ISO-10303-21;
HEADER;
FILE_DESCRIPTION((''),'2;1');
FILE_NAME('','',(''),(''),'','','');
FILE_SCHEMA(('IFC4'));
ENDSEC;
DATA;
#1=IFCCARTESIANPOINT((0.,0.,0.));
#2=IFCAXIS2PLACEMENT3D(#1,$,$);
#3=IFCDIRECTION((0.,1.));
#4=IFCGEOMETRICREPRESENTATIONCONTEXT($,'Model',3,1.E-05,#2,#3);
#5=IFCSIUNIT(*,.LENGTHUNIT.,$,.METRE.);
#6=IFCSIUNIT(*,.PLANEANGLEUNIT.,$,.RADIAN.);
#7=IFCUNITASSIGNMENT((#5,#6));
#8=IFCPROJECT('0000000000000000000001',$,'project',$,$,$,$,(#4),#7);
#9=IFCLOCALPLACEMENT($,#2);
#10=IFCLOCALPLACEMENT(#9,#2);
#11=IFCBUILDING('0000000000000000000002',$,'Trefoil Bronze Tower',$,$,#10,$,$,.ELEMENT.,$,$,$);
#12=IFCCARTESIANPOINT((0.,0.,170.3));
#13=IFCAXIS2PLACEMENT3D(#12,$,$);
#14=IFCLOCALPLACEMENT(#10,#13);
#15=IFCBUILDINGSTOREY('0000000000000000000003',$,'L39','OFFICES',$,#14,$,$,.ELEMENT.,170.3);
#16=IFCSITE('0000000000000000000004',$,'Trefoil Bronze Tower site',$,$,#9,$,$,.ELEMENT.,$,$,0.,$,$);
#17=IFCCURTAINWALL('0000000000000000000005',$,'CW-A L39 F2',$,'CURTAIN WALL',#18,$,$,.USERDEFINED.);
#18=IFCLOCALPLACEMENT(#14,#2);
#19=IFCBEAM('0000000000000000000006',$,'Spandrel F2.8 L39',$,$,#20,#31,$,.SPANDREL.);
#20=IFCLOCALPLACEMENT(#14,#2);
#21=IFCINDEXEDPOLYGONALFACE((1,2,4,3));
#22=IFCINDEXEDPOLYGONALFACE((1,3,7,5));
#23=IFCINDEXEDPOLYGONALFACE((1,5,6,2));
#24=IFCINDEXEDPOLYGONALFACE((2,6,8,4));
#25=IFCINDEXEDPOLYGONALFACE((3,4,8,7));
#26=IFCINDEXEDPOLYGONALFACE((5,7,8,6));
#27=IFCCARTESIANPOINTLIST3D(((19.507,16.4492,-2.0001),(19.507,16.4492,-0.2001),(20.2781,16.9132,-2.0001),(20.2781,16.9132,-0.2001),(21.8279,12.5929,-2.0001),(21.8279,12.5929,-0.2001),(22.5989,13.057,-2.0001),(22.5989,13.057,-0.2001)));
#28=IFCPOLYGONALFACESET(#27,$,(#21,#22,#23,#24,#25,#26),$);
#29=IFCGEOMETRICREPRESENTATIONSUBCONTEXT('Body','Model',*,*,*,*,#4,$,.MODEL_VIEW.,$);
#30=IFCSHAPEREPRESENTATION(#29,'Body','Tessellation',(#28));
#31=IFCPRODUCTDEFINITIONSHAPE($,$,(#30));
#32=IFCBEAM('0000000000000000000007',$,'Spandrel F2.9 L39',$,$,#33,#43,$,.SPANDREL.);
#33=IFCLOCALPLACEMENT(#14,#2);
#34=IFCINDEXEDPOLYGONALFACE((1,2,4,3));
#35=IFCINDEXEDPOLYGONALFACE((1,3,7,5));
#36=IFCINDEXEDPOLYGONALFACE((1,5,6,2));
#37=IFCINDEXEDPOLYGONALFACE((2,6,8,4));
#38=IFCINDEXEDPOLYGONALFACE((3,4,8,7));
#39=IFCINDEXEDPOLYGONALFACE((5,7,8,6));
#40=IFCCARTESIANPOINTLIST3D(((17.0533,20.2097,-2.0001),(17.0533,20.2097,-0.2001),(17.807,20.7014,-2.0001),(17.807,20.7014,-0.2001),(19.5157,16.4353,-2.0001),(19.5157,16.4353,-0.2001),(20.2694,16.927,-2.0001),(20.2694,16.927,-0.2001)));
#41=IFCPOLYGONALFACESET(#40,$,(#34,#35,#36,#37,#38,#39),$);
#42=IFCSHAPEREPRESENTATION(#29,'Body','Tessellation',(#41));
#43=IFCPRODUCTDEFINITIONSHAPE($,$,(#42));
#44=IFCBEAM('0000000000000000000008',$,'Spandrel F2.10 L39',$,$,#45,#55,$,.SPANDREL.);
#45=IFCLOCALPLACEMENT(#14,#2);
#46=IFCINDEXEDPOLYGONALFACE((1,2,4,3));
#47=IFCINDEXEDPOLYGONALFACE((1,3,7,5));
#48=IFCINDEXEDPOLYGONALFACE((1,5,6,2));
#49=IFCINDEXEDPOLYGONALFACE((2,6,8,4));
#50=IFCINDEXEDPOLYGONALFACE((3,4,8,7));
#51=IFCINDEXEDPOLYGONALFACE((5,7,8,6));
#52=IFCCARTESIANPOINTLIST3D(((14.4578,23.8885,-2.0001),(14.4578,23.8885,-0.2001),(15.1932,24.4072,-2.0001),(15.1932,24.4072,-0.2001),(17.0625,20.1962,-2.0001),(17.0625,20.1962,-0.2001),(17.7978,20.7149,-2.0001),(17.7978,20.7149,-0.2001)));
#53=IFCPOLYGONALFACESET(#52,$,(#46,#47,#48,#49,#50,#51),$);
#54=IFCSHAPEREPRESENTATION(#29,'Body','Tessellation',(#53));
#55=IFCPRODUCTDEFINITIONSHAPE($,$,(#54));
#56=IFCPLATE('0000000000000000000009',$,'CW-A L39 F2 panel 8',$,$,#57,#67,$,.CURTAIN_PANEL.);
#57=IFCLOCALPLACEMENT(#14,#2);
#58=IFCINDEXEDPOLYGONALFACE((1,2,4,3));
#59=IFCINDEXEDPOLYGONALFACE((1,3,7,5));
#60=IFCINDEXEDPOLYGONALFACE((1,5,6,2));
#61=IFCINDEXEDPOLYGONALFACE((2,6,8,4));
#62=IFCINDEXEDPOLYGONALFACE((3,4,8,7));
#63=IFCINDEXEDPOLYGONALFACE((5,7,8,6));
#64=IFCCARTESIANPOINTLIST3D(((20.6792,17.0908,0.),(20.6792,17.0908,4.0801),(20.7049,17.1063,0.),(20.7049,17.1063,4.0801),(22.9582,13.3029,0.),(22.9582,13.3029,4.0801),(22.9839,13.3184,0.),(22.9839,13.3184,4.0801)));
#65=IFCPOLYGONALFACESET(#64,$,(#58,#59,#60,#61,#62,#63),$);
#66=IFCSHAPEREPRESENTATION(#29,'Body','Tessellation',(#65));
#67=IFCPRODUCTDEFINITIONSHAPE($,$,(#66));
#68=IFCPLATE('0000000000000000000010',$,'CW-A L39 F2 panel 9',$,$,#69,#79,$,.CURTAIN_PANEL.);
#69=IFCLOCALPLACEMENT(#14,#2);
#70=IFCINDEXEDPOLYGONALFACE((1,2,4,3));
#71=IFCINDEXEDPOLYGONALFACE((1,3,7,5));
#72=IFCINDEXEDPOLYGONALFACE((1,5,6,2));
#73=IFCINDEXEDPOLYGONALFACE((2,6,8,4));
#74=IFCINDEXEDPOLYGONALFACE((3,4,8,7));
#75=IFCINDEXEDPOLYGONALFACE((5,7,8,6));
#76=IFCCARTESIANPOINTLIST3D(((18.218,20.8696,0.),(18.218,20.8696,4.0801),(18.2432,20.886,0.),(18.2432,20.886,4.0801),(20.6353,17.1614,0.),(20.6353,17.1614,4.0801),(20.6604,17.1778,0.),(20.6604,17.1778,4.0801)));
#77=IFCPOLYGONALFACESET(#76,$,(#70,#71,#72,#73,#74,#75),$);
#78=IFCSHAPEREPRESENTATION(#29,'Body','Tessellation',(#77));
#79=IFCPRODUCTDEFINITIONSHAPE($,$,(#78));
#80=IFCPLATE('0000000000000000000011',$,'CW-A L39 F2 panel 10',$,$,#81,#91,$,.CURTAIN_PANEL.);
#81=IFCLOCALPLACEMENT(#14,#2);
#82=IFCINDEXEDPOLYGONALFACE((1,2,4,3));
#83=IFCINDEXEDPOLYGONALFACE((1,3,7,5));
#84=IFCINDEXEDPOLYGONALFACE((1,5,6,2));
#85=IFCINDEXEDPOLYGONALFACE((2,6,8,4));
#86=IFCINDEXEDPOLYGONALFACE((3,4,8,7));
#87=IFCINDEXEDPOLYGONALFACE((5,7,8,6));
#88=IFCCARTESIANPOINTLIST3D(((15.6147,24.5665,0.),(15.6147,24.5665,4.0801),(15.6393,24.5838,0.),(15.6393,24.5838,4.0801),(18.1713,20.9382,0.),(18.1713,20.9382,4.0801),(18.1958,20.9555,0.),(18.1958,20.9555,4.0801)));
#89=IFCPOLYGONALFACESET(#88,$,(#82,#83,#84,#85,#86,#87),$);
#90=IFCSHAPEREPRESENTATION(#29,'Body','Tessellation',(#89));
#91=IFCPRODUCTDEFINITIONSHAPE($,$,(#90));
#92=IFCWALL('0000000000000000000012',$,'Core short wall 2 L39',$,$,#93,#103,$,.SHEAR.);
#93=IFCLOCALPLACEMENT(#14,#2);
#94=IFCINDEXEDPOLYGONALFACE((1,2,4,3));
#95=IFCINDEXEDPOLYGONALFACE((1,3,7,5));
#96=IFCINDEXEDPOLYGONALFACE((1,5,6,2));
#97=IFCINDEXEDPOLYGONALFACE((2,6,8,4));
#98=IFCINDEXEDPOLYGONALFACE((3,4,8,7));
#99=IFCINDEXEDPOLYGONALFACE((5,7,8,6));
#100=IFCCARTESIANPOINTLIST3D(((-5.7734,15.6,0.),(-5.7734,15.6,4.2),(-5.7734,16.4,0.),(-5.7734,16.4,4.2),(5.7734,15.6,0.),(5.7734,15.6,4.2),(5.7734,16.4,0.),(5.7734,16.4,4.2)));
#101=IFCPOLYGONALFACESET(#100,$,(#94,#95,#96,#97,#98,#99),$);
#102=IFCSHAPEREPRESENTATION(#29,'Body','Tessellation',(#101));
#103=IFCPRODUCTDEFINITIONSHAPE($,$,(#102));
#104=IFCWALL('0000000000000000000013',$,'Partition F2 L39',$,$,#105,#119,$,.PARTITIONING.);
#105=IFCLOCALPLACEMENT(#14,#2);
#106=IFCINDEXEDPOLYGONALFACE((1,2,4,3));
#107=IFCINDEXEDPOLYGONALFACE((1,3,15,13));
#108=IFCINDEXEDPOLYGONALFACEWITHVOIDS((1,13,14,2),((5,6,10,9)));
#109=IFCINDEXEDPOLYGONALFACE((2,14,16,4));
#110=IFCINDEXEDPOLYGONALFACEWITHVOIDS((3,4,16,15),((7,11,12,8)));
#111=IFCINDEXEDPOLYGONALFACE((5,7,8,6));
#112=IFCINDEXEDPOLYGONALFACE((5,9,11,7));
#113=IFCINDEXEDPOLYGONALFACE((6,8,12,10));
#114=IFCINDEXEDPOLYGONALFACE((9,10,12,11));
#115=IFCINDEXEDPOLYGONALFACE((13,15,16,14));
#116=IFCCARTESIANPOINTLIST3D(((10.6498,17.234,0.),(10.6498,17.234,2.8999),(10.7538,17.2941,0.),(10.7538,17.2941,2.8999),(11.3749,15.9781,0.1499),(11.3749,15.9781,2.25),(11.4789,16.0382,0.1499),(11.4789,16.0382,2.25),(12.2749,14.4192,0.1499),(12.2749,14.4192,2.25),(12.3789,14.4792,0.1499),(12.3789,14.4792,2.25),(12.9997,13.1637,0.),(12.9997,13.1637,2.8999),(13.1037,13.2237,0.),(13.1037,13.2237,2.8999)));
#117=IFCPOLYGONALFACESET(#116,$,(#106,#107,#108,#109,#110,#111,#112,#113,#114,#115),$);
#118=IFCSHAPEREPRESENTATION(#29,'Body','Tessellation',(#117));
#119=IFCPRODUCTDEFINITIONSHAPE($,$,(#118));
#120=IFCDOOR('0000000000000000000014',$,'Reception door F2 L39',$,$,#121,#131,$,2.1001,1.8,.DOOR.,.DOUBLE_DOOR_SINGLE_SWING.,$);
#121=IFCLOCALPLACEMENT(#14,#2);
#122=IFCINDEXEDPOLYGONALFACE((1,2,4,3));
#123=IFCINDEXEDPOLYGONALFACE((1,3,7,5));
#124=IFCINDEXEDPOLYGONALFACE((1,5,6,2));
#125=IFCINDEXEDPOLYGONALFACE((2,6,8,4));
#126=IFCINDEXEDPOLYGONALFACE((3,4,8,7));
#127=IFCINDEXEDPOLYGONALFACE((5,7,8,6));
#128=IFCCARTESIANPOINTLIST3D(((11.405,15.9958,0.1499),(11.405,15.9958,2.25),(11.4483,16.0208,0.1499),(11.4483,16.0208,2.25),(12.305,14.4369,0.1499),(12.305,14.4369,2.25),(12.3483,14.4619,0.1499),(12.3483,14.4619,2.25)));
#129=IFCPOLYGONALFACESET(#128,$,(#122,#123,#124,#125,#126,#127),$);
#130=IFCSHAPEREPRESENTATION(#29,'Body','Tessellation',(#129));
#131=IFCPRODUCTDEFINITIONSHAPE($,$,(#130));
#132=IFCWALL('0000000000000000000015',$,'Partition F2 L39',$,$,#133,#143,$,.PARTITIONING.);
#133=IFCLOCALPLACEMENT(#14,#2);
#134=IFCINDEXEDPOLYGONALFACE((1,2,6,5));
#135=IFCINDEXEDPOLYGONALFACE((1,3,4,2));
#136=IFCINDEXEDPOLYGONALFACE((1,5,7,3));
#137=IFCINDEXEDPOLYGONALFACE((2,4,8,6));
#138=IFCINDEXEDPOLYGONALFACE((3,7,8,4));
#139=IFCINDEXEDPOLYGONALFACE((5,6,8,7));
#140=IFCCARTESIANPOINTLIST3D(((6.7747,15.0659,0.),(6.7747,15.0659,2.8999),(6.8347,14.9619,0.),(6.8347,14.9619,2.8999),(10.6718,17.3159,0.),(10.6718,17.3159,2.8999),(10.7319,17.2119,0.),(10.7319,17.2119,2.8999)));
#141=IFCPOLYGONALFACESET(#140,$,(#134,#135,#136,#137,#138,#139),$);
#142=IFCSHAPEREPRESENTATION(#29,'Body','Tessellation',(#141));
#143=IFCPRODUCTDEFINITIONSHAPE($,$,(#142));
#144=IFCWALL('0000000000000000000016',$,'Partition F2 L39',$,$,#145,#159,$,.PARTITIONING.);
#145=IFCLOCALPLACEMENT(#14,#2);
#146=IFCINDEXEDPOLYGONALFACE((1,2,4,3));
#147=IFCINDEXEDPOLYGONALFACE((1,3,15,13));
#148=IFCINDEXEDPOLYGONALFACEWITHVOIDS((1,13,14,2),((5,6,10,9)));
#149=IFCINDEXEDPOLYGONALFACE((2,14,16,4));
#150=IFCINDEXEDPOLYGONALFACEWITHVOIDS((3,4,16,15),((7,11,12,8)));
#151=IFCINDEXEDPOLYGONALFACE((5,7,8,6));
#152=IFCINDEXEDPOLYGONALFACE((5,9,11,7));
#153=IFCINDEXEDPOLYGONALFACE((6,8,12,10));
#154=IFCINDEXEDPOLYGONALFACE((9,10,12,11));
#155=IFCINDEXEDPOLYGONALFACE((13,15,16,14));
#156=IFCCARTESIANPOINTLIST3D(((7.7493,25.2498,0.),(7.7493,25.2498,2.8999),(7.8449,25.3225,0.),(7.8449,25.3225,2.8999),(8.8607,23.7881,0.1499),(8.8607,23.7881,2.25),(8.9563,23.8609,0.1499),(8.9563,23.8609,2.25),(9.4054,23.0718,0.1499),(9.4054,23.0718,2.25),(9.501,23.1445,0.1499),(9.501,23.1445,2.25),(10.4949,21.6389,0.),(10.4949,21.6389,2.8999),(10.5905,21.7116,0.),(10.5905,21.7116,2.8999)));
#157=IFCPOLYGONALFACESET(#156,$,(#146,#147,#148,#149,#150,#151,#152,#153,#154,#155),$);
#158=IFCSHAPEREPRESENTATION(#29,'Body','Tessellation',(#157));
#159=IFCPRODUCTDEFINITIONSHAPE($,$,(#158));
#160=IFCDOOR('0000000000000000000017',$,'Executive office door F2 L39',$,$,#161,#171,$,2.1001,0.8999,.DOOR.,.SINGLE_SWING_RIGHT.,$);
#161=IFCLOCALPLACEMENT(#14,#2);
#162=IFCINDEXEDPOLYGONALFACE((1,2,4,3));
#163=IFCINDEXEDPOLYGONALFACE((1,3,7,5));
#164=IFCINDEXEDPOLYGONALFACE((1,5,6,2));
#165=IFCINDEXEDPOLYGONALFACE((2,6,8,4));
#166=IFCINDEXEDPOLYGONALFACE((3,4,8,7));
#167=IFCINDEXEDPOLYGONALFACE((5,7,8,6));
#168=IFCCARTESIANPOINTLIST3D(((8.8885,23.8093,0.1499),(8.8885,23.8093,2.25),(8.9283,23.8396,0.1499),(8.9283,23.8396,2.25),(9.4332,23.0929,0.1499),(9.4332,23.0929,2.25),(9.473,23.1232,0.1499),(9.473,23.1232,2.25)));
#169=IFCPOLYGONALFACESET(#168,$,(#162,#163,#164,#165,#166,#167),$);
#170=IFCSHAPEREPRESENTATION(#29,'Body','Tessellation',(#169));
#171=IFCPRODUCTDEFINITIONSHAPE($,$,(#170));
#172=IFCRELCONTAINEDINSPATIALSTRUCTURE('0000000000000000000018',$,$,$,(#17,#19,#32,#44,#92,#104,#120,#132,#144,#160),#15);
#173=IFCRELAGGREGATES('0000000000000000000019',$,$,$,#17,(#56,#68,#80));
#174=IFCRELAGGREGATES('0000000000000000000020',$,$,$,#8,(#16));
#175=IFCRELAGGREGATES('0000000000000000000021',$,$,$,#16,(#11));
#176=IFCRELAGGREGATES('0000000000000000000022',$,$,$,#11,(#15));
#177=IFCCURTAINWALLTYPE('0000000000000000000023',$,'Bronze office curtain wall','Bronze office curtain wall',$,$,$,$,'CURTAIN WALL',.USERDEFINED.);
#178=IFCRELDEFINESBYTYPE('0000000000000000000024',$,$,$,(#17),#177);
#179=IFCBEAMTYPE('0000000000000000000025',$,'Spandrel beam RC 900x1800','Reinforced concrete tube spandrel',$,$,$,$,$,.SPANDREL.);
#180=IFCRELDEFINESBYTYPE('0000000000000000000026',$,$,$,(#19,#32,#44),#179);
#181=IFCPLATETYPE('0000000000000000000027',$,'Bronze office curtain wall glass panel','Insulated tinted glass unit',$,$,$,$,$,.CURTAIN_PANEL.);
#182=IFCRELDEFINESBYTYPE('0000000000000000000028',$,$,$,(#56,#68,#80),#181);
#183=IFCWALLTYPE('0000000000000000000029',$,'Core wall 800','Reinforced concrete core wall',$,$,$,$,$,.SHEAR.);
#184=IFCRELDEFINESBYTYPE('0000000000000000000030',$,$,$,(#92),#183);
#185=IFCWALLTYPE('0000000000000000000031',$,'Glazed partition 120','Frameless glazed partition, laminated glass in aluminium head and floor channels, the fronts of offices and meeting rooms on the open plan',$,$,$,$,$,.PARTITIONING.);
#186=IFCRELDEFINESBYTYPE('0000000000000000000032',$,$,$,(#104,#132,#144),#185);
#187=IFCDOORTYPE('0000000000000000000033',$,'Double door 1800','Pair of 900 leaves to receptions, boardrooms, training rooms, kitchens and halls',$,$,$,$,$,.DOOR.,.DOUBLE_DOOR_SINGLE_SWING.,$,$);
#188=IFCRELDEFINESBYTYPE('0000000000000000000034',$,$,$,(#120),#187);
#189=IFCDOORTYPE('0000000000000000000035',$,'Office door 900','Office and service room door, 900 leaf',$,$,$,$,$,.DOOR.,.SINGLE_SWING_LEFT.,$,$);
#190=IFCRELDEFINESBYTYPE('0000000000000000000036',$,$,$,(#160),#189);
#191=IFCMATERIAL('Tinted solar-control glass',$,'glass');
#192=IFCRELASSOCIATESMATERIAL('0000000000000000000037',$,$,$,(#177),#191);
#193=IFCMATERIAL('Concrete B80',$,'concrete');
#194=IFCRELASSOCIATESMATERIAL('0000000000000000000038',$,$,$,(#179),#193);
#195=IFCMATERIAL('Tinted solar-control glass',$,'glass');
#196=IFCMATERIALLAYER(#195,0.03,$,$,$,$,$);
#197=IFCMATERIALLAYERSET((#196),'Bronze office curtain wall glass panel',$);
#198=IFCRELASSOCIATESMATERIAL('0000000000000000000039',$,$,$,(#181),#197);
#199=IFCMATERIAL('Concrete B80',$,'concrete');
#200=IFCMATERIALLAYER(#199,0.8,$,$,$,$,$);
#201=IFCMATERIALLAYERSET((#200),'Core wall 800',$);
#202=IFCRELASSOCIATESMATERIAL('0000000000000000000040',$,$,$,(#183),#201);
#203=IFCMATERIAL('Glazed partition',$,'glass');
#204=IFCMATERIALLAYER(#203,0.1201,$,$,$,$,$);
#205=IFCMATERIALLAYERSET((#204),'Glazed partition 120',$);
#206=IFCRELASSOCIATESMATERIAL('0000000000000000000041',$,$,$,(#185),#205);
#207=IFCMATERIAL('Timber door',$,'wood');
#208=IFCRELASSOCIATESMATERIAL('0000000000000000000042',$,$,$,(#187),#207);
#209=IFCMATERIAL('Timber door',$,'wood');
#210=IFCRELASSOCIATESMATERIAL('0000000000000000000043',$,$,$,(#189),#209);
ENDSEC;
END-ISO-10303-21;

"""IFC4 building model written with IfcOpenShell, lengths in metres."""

from ifc_helpers import new_model, si_unit, direction, frame, frame_2d, origin, origin_2d, place, context, subcontext, project, spatial, rectangle, extrude, material, layer, layer_set, material_profile, profile_set, type_object, element, fill, aggregate, save


model = new_model("IFC4")

# Units and contexts
model_context = context("Model", 3, precision=1e-05, world=origin(), true_north=direction((0.0, 1.0)))
body_context = subcontext(model_context, "Body", "Model", "MODEL_VIEW")
ifc_project = project(units=[si_unit("LENGTHUNIT", "METRE"), si_unit("PLANEANGLEUNIT", "RADIAN")], contexts=[model_context])

# Site, building, storey
site_placement = place(None, origin())
site = spatial("IfcSite", under=ifc_project, at=site_placement, Name="Trefoil Bronze Tower site", CompositionType="ELEMENT", RefElevation=0.0)
building_placement = place(site_placement, origin())
building = spatial("IfcBuilding", under=site, at=building_placement, Name="Trefoil Bronze Tower", CompositionType="ELEMENT")
storey_placement = place(building_placement, frame((0.0, 0.0, 170.3)))
storey = spatial("IfcBuildingStorey", under=building, at=storey_placement, Name="L39", Description="OFFICES", CompositionType="ELEMENT", Elevation=170.3)

# Curtain wall
ifc_material_1 = material(Name="Tinted solar-control glass", Category="glass")
curtain_wall_type = type_object("IfcCurtainWallType", Name="Bronze office curtain wall", Description="Bronze office curtain wall", ElementType="CURTAIN WALL", PredefinedType="USERDEFINED", material=ifc_material_1)
curtain_wall_placement = place(storey_placement, origin())
curtain_wall = element("IfcCurtainWall", 1, at=curtain_wall_placement, inside=storey, type_object=curtain_wall_type, Name="CW-A L39 F2", ObjectType="CURTAIN WALL", PredefinedType="USERDEFINED")

# Beams
ifc_material_2 = material(Name="Concrete B80", Category="concrete")
ifc_material_profile_1 = material_profile(ifc_material_2, rectangle(XDim=0.8999, YDim=1.8, at=origin_2d()), Name="RC 900x1800")
ifc_profile_set_1 = profile_set([ifc_material_profile_1], Name="Concrete B80")
beam_type_1 = type_object("IfcBeamType", Name="Spandrel beam RC 900x1800", Description="Reinforced concrete tube spandrel", PredefinedType="SPANDREL", material=ifc_profile_set_1)
beam_1_placement = place(storey_placement, frame((22.2134, 12.825, -1.1001), z_axis=(-0.515652, 0.856798, 0.0), x_axis=(-0.856798, -0.515652, 0.0)))
element("IfcBeam", 2, at=beam_1_placement, inside=storey, type_object=beam_type_1, Name="Spandrel F2.8 L39", PredefinedType="SPANDREL", context=body_context, shape_type="SweptSolid", body=[
    extrude(rectangle(XDim=0.8999, YDim=1.8, at=origin_2d()), origin(), (0.0, 0.0, 1.0), 4.5007),
])
beam_2_placement = place(storey_placement, frame((19.8926, 16.6812, -1.1001), z_axis=(-0.546397, 0.837527, 0.0), x_axis=(-0.837527, -0.546397, 0.0)))
element("IfcBeam", 3, at=beam_2_placement, inside=storey, type_object=beam_type_1, Name="Spandrel F2.9 L39", PredefinedType="SPANDREL", context=body_context, shape_type="SweptSolid", body=[
    extrude(rectangle(XDim=0.8999, YDim=1.8, at=origin_2d()), origin(), (0.0, 0.0, 1.0), 4.5066),
])
beam_3_placement = place(storey_placement, frame((17.4302, 20.4556, -1.1001), z_axis=(-0.576439, 0.81714, 0.0), x_axis=(-0.81714, -0.576439, 0.0)))
element("IfcBeam", 4, at=beam_3_placement, inside=storey, type_object=beam_type_1, Name="Spandrel F2.10 L39", PredefinedType="SPANDREL", context=body_context, shape_type="SweptSolid", body=[
    extrude(rectangle(XDim=0.8999, YDim=1.8, at=origin_2d()), origin(), (0.0, 0.0, 1.0), 4.5186),
])

# Plates
ifc_material_3 = material(Name="Tinted solar-control glass", Category="glass")
ifc_layer_1 = layer(ifc_material_3, 0.03)
ifc_layer_set_1 = layer_set([ifc_layer_1], Name="Bronze office curtain wall glass panel")
plate_type = type_object("IfcPlateType", Name="Bronze office curtain wall glass panel", Description="Insulated tinted glass unit", PredefinedType="CURTAIN_PANEL", material=ifc_layer_set_1)
plate_1_placement = place(storey_placement, frame((21.8315, 15.2046, 0.0), z_axis=(0.0, 0.0, 1.0), x_axis=(-0.515525, 0.856874, 0.0)))
plate_1 = element("IfcPlate", 5, at=plate_1_placement, type_object=plate_type, Name="CW-A L39 F2 panel 8", PredefinedType="CURTAIN_PANEL", context=body_context, shape_type="SweptSolid", body=[
    extrude(rectangle(XDim=4.4207, YDim=0.03, at=origin_2d()), origin(), (0.0, 0.0, 1.0), 4.0801),
])
plate_2_placement = place(storey_placement, frame((19.4392, 19.0237, 0.0), z_axis=(0.0, 0.0, 1.0), x_axis=(-0.546089, 0.837727, 0.0)))
plate_2 = element("IfcPlate", 6, at=plate_2_placement, type_object=plate_type, Name="CW-A L39 F2 panel 9", PredefinedType="CURTAIN_PANEL", context=body_context, shape_type="SweptSolid", body=[
    extrude(rectangle(XDim=4.4265, YDim=0.03, at=origin_2d()), origin(), (0.0, 0.0, 1.0), 4.0801),
])
plate_3_placement = place(storey_placement, frame((16.9053, 22.761, 0.0), z_axis=(0.0, 0.0, 1.0), x_axis=(-0.575999, 0.81745, 0.0)))
plate_3 = element("IfcPlate", 7, at=plate_3_placement, type_object=plate_type, Name="CW-A L39 F2 panel 10", PredefinedType="CURTAIN_PANEL", context=body_context, shape_type="SweptSolid", body=[
    extrude(rectangle(XDim=4.4385, YDim=0.03, at=origin_2d()), origin(), (0.0, 0.0, 1.0), 4.0801),
])
aggregate(curtain_wall, [plate_1, plate_2, plate_3])

# Wall
ifc_material_4 = material(Name="Concrete B80", Category="concrete")
ifc_layer_2 = layer(ifc_material_4, 0.8)
ifc_layer_set_2 = layer_set([ifc_layer_2], Name="Core wall 800")
wall_type_1 = type_object("IfcWallType", Name="Core wall 800", Description="Reinforced concrete core wall", PredefinedType="SHEAR", material=ifc_layer_set_2)
wall_1_placement = place(storey_placement, frame((5.7734, 16.0, 0.0), z_axis=(0.0, 0.0, 1.0), x_axis=(-1.0, 0.0, 0.0)))
element("IfcWall", 8, at=wall_1_placement, inside=storey, type_object=wall_type_1, Name="Core short wall 2 L39", PredefinedType="SHEAR", context=body_context, shape_type="SweptSolid", body=[
    extrude(rectangle(XDim=11.5469, YDim=0.8, at=frame_2d((5.7734, 0.0))), origin(), (0.0, 0.0, 1.0), 4.2),
])

# Wall, opening, door
ifc_material_5 = material(Name="Glazed partition", Category="glass")
ifc_layer_3 = layer(ifc_material_5, 0.1201)
ifc_layer_set_3 = layer_set([ifc_layer_3], Name="Glazed partition 120")
wall_type_2 = type_object("IfcWallType", Name="Glazed partition 120", Description="Frameless glazed partition, laminated glass in aluminium head and floor channels, the fronts of offices and meeting rooms on the open plan", PredefinedType="PARTITIONING", material=ifc_layer_set_3)
wall_2_placement = place(storey_placement, frame((13.0518, 13.1936, 0.0), z_axis=(0.0, 0.0, 1.0), x_axis=(-0.499977, 0.866039, 0.0)))
wall_2 = element("IfcWall", 9, at=wall_2_placement, inside=storey, type_object=wall_type_2, Name="Partition F2 L39", PredefinedType="PARTITIONING", context=body_context, shape_type="SweptSolid", body=[
    extrude(rectangle(XDim=4.7, YDim=0.1201, at=frame_2d((2.3501, 0.0))), origin(), (0.0, 0.0, 1.0), 2.8999),
])
opening_1_placement = place(wall_2_placement, frame((1.45, 0.0, 0.1499)))
opening_1 = element("IfcOpeningElement", 10, at=opening_1_placement, cuts=wall_2, PredefinedType="OPENING", context=body_context, shape_type="SweptSolid", body=[
    extrude(rectangle(XDim=1.8, YDim=2.1001, at=frame_2d((0.8999, 1.05))), frame((0.0, 0.0701, 0.0), z_axis=(0.0, -1.0, 0.0), x_axis=(1.0, 0.0, 0.0)), (0.0, 0.0, 1.0), 0.1401),
])
ifc_material_6 = material(Name="Timber door", Category="wood")
door_type_1 = type_object("IfcDoorType", Name="Double door 1800", Description="Pair of 900 leaves to receptions, boardrooms, training rooms, kitchens and halls", OperationType="DOUBLE_DOOR_SINGLE_SWING", PredefinedType="DOOR", material=ifc_material_6)
door_1_placement = place(opening_1_placement, frame((1.8, 0.0, 0.0), z_axis=(0.0, 0.0, 1.0), x_axis=(-1.0, 0.0, 0.0)))
door_1 = element("IfcDoor", 11, at=door_1_placement, inside=storey, type_object=door_type_1, Name="Reception door F2 L39", OperationType="DOUBLE_DOOR_SINGLE_SWING", OverallHeight=2.1001, OverallWidth=1.8, PredefinedType="DOOR", context=body_context, shape_type="SweptSolid", body=[
    extrude(rectangle(XDim=1.8, YDim=2.1001, at=frame_2d((0.8999, 1.05))), frame((0.0, 0.0249, 0.0), z_axis=(0.0, -1.0, 0.0), x_axis=(1.0, 0.0, 0.0)), (0.0, 0.0, 1.0), 0.05),
])
fill(opening_1, door_1)

# Wall
wall_3_placement = place(storey_placement, frame((6.8047, 15.0139, 0.0), z_axis=(0.0, 0.0, 1.0), x_axis=(0.866031, 0.49999, 0.0)))
element("IfcWall", 12, at=wall_3_placement, inside=storey, type_object=wall_type_2, Name="Partition F2 L39", PredefinedType="PARTITIONING", context=body_context, shape_type="SweptSolid", body=[
    extrude(rectangle(XDim=4.5, YDim=0.1201, at=frame_2d((2.25, 0.0))), origin(), (0.0, 0.0, 1.0), 2.8999),
])

# Wall, opening, door
wall_4_placement = place(storey_placement, frame((10.5427, 21.6753, 0.0), z_axis=(0.0, 0.0, 1.0), x_axis=(-0.605274, 0.796017, 0.0)))
wall_4 = element("IfcWall", 13, at=wall_4_placement, inside=storey, type_object=wall_type_2, Name="Partition F2 L39", PredefinedType="PARTITIONING", context=body_context, shape_type="SweptSolid", body=[
    extrude(rectangle(XDim=4.5361, YDim=0.1201, at=frame_2d((2.2681, 0.0))), origin(), (0.0, 0.0, 1.0), 2.8999),
])
opening_2_placement = place(wall_4_placement, frame((1.8, 0.0, 0.1499)))
opening_2 = element("IfcOpeningElement", 14, at=opening_2_placement, cuts=wall_4, PredefinedType="OPENING", context=body_context, shape_type="SweptSolid", body=[
    extrude(rectangle(XDim=0.8999, YDim=2.1001, at=frame_2d((0.45, 1.05))), frame((0.0, 0.0701, 0.0), z_axis=(0.0, -1.0, 0.0), x_axis=(1.0, 0.0, 0.0)), (0.0, 0.0, 1.0), 0.1401),
])
ifc_material_7 = material(Name="Timber door", Category="wood")
door_type_2 = type_object("IfcDoorType", Name="Office door 900", Description="Office and service room door, 900 leaf", OperationType="SINGLE_SWING_LEFT", PredefinedType="DOOR", material=ifc_material_7)
door_2_placement = place(opening_2_placement, frame((0.8999, 0.0, 0.0), z_axis=(0.0, 0.0, 1.0), x_axis=(-1.0, 0.0, 0.0)))
door_2 = element("IfcDoor", 15, at=door_2_placement, inside=storey, type_object=door_type_2, Name="Executive office door F2 L39", OperationType="SINGLE_SWING_RIGHT", OverallHeight=2.1001, OverallWidth=0.8999, PredefinedType="DOOR", context=body_context, shape_type="SweptSolid", body=[
    extrude(rectangle(XDim=0.8999, YDim=2.1001, at=frame_2d((0.45, 1.05))), frame((0.0, 0.0249, 0.0), z_axis=(0.0, -1.0, 0.0), x_axis=(1.0, 0.0, 0.0)), (0.0, 0.0, 1.0), 0.05),
])
fill(opening_2, door_2)

save(model, "model.ifc")
